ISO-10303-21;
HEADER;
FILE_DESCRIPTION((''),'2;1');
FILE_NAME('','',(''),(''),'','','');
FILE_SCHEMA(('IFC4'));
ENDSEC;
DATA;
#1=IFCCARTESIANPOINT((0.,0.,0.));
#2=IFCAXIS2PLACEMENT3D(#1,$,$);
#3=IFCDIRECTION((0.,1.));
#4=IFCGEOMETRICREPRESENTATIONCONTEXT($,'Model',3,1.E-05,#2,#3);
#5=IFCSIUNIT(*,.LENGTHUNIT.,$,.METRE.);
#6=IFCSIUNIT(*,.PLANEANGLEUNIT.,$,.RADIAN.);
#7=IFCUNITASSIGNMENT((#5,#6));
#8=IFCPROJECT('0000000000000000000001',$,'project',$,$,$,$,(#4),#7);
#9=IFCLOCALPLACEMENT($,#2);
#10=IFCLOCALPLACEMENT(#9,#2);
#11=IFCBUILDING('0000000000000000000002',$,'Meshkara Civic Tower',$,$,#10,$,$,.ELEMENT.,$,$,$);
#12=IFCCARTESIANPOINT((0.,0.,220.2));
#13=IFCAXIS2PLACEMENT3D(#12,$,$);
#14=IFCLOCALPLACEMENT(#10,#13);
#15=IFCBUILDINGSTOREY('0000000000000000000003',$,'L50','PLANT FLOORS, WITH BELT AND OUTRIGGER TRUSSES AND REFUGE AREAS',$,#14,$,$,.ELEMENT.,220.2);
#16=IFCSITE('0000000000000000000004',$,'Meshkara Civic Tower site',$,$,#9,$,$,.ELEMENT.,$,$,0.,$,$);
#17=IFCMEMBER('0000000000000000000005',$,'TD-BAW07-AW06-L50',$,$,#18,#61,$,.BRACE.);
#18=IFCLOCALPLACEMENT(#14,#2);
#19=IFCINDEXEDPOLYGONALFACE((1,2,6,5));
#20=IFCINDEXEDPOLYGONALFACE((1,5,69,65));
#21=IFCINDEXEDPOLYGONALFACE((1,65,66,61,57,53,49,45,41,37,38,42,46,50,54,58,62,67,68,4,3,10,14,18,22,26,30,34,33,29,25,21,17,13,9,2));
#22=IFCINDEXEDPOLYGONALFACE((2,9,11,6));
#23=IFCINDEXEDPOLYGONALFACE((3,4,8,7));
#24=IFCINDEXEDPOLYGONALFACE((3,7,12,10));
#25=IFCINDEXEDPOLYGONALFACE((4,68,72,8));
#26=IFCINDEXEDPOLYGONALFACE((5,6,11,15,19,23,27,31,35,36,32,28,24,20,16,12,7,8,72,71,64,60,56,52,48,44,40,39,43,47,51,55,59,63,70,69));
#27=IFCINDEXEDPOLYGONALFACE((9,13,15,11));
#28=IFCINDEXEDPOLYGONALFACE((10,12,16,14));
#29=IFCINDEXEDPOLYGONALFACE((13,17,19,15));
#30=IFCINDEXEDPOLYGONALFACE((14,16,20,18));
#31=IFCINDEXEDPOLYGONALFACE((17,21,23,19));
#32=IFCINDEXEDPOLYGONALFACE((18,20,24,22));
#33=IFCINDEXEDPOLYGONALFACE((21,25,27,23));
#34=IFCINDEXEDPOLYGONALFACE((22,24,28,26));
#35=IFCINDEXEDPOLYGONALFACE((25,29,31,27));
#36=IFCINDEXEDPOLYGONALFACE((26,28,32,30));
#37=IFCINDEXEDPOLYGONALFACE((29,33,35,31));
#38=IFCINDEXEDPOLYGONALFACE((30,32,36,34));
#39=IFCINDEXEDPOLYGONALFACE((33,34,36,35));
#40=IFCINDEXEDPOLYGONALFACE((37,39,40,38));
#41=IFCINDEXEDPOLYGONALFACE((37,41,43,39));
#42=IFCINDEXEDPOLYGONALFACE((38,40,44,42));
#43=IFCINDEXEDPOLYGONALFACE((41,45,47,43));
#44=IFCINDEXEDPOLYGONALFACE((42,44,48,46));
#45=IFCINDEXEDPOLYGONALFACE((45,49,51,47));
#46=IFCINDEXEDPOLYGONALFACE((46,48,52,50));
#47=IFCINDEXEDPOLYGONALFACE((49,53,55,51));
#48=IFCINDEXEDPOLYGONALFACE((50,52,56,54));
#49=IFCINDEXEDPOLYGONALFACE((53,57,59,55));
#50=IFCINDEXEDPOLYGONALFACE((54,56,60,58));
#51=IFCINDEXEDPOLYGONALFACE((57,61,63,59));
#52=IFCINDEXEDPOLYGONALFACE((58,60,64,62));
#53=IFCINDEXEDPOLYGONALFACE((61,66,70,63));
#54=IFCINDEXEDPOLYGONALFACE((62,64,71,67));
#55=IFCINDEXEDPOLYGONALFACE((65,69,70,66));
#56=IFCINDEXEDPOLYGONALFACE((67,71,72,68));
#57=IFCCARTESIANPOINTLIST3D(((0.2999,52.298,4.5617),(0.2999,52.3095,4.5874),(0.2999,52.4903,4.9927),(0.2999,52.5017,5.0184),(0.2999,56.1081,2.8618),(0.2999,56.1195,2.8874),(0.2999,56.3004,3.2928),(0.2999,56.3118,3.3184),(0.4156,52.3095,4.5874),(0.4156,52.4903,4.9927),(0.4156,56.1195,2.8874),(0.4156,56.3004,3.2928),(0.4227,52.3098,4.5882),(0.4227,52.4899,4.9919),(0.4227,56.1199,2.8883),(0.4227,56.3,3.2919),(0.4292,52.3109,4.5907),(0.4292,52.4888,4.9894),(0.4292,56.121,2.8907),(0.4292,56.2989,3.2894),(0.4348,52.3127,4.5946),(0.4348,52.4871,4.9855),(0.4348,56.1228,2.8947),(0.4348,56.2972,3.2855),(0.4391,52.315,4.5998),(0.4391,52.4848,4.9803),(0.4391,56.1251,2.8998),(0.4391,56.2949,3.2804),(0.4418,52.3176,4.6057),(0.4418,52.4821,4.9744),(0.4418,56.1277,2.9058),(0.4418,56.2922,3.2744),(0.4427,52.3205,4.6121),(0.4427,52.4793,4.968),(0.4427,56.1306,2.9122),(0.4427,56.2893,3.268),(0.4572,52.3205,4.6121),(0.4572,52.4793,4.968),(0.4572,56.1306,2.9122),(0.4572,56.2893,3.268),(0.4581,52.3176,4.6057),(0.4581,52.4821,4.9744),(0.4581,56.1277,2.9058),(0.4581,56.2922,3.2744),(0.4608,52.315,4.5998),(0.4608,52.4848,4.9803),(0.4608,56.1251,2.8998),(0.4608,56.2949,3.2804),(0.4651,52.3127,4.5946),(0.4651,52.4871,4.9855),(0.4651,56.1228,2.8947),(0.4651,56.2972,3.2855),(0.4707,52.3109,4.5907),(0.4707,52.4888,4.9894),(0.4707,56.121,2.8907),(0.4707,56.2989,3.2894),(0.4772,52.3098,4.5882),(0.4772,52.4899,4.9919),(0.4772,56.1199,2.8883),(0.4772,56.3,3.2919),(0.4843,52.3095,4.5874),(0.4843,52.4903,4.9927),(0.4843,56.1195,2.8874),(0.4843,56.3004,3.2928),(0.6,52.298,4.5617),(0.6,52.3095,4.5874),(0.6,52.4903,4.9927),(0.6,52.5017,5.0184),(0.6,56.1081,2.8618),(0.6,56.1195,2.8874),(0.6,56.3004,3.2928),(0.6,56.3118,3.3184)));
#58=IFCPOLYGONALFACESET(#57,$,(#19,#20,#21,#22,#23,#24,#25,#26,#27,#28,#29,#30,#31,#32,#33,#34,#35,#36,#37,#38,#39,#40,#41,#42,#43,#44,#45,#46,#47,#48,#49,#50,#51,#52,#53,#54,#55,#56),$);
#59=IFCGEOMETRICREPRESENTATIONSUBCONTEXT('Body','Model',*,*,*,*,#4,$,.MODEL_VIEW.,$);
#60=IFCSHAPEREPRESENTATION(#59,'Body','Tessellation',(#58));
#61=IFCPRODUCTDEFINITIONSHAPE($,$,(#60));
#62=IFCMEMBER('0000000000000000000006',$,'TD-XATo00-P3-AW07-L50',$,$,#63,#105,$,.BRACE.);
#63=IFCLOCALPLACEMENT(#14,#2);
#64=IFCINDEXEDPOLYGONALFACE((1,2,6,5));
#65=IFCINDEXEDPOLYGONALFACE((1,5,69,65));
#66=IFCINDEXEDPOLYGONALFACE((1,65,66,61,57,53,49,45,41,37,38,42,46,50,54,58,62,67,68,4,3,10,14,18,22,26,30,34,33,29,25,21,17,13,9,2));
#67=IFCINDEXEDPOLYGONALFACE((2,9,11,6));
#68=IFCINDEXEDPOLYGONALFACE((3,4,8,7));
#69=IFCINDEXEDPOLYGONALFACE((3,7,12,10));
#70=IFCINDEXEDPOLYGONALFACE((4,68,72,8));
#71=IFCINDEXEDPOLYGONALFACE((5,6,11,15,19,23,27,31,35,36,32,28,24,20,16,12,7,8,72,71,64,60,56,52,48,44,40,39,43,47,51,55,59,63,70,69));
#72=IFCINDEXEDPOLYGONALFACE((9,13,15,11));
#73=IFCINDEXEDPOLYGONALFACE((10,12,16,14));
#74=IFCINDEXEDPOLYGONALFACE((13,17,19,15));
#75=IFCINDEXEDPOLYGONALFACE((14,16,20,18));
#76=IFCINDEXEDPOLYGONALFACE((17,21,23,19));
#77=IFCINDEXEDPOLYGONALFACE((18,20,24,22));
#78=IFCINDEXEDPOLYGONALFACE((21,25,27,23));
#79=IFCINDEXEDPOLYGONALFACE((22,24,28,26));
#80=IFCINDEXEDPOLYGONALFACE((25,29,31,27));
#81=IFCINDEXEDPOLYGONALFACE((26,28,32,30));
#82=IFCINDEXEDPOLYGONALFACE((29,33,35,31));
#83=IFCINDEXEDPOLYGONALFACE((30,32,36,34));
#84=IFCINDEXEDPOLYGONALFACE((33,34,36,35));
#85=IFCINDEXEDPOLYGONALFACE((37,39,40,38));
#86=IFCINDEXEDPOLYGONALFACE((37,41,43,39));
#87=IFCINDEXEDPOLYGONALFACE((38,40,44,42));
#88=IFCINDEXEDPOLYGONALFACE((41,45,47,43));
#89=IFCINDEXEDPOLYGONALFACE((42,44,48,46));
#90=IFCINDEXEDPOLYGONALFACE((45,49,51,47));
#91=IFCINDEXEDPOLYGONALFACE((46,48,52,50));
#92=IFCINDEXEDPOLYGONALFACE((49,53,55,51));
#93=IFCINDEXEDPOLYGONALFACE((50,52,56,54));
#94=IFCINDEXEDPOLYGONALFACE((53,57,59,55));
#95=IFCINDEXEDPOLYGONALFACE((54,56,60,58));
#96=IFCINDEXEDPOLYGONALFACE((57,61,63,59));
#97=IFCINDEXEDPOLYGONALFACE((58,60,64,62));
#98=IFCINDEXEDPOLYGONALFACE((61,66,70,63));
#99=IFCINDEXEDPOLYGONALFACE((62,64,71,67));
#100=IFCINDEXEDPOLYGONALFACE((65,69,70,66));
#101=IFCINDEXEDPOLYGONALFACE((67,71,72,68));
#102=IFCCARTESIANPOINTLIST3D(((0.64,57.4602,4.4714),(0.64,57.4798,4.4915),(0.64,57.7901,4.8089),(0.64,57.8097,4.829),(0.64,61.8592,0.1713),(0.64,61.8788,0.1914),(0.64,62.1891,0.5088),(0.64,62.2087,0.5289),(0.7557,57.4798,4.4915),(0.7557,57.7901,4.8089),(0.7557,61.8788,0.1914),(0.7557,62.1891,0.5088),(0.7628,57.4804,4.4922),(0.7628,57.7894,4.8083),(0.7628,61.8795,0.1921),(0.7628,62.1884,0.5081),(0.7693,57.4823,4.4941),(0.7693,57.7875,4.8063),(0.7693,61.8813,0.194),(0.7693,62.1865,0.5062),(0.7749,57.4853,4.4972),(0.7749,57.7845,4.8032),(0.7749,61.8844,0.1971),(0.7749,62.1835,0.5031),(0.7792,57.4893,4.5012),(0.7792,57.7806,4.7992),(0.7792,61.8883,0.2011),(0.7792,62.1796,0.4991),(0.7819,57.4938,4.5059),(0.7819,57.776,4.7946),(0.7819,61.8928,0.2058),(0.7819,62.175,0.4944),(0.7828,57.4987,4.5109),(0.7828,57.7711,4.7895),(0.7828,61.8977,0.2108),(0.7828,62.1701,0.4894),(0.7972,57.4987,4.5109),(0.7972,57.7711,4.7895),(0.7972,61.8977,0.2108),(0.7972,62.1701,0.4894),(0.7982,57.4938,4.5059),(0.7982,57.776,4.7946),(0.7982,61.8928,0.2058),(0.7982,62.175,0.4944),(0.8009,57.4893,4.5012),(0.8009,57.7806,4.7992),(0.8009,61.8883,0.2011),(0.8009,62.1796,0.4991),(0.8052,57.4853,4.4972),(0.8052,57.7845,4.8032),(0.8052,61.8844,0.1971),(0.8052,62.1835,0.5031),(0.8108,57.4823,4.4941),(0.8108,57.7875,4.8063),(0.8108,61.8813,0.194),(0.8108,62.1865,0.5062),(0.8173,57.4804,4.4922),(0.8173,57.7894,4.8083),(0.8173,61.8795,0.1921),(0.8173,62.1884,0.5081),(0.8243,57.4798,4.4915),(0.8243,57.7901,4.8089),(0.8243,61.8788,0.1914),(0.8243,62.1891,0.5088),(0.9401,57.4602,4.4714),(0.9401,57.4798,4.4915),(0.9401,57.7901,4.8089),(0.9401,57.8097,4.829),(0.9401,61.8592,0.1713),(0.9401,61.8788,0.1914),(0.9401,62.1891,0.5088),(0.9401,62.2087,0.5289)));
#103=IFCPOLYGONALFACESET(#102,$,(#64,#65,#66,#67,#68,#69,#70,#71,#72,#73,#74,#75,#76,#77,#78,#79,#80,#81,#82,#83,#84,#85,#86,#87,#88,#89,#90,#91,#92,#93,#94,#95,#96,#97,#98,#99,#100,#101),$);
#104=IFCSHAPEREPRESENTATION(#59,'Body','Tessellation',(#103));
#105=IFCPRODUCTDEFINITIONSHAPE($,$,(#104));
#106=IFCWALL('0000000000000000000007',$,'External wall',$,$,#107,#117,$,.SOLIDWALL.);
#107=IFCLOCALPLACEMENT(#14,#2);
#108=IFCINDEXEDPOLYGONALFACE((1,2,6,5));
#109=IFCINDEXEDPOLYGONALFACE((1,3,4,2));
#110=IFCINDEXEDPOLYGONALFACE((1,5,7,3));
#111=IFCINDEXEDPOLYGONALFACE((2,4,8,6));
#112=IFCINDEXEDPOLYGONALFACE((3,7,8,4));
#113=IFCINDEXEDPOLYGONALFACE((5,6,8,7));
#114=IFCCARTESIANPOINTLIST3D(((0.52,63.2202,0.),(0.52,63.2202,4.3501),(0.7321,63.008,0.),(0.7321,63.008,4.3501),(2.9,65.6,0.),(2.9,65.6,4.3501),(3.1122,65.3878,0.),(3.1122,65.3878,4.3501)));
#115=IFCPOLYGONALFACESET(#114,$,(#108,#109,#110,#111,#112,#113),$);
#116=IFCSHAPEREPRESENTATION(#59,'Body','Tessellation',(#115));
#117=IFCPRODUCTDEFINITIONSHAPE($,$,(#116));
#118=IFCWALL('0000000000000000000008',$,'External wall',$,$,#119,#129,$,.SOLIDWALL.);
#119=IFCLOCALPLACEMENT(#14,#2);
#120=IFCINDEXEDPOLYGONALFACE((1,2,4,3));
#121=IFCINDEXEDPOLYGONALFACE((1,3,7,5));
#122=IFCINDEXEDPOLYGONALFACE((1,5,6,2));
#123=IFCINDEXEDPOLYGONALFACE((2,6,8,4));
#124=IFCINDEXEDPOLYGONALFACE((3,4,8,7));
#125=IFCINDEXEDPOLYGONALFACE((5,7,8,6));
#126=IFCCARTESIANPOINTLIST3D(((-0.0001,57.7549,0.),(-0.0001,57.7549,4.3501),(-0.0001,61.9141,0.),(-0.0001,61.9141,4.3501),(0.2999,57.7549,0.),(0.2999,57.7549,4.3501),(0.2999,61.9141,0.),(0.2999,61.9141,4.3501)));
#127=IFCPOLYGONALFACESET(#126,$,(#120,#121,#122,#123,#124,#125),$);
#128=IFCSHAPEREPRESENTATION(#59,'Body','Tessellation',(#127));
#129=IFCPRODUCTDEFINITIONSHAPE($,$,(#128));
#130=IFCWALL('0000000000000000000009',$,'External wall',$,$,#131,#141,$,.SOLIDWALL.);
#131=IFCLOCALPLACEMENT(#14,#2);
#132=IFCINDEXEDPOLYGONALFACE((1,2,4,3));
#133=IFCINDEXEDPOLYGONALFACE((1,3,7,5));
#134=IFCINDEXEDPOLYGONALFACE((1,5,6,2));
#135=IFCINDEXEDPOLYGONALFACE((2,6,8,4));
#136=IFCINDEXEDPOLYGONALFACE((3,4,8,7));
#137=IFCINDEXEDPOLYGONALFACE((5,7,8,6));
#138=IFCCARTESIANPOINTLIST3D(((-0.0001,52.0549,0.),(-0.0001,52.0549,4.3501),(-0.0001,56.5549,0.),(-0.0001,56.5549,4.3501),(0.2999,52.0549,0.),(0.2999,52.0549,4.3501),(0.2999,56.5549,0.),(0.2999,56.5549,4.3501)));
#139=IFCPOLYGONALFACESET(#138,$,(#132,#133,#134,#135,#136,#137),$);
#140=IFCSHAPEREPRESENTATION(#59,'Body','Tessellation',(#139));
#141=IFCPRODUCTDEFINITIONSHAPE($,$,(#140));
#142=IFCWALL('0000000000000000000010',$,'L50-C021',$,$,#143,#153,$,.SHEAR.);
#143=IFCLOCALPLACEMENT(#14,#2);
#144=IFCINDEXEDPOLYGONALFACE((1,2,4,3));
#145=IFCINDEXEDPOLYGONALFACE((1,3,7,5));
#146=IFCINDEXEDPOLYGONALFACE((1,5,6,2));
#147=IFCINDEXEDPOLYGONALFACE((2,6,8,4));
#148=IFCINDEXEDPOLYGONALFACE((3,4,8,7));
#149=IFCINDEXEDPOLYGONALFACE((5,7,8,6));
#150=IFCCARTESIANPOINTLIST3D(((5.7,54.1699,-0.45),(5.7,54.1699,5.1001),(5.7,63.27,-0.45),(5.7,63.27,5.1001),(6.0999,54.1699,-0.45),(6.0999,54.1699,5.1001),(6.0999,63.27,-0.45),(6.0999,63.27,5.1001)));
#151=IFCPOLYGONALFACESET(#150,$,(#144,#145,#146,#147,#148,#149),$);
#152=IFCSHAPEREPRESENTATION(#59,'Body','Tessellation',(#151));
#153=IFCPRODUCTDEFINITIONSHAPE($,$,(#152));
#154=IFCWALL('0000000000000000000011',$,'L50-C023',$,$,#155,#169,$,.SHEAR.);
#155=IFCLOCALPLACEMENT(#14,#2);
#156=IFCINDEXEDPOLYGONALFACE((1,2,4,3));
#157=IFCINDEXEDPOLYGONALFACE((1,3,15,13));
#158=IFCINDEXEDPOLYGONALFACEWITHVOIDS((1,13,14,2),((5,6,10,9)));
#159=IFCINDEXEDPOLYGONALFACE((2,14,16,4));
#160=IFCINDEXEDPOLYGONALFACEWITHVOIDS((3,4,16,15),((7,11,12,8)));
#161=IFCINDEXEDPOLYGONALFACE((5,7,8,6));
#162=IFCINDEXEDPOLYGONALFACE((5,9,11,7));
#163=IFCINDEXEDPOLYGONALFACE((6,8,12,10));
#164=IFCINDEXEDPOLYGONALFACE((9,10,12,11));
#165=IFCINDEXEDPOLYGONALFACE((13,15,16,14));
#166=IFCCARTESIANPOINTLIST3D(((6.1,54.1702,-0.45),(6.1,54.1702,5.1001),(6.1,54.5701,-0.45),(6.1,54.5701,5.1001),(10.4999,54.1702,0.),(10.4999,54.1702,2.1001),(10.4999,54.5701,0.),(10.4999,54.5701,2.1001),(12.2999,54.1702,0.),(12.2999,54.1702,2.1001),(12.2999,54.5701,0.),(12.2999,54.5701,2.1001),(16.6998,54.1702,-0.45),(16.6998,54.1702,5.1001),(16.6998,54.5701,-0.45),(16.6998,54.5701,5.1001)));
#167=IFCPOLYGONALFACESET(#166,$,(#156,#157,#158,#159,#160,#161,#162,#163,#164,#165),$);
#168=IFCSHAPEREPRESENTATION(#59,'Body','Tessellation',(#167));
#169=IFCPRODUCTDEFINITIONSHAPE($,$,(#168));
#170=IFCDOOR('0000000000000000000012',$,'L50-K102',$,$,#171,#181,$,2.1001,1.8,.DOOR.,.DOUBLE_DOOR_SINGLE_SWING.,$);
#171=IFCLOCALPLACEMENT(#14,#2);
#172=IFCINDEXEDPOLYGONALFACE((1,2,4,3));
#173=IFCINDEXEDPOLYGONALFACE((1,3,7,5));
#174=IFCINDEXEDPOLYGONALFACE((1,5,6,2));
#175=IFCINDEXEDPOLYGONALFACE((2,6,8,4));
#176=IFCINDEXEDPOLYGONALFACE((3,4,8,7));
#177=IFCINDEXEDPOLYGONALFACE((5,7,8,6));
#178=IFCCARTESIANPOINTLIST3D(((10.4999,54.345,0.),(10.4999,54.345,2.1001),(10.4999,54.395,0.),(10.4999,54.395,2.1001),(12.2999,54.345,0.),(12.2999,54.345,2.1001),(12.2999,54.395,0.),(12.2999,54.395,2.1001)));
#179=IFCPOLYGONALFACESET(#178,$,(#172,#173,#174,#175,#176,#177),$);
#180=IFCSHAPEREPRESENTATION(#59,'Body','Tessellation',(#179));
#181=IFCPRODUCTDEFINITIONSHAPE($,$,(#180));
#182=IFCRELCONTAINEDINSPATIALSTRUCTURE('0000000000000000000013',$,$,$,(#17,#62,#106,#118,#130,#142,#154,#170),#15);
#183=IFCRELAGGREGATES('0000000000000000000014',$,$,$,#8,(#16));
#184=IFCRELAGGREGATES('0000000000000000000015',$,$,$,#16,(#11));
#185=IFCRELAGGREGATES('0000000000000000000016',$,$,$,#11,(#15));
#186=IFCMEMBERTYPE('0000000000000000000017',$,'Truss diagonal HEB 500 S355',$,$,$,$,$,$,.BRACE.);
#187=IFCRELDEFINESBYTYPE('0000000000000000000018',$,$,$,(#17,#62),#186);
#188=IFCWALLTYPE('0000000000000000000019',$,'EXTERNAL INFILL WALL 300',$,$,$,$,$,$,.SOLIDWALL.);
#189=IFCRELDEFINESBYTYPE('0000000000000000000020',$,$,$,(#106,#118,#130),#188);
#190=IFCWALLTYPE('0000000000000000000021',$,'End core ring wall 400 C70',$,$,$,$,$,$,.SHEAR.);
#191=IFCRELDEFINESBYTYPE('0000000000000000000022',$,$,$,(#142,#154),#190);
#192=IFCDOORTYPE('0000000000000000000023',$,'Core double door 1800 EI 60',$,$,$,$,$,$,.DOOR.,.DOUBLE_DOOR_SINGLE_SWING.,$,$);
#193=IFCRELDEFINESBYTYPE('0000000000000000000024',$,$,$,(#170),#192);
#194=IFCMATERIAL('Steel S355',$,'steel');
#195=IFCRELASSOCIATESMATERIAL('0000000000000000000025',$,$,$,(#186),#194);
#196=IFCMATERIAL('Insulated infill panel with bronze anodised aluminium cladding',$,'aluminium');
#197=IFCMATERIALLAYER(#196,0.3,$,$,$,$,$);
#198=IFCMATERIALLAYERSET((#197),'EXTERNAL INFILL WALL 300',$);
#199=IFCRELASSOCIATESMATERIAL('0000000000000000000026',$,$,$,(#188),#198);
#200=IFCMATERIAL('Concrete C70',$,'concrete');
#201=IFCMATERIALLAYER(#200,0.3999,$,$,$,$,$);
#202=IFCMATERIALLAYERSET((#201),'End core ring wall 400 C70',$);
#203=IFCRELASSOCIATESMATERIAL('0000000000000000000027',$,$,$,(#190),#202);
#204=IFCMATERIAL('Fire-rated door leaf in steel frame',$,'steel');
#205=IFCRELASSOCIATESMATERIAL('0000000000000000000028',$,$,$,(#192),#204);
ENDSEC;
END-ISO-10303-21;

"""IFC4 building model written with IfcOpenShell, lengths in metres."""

from ifc_helpers import new_model, si_unit, direction, frame, frame_2d, origin, origin_2d, place, context, subcontext, project, spatial, rectangle, i_section, extrude, material, layer, layer_set, material_profile, profile_set, type_object, element, fill, save


model = new_model("IFC4")

# Units and contexts
model_context = context("Model", 3, precision=1e-05, world=origin(), true_north=direction((0.0, 1.0)))
body_context = subcontext(model_context, "Body", "Model", "MODEL_VIEW")
ifc_project = project(units=[si_unit("LENGTHUNIT", "METRE"), si_unit("PLANEANGLEUNIT", "RADIAN")], contexts=[model_context])

# Site, building, storey
site_placement = place(None, origin())
site = spatial("IfcSite", under=ifc_project, at=site_placement, Name="Meshkara Civic Tower site", CompositionType="ELEMENT", RefElevation=0.0)
building_placement = place(site_placement, origin())
building = spatial("IfcBuilding", under=site, at=building_placement, Name="Meshkara Civic Tower", CompositionType="ELEMENT")
storey_placement = place(building_placement, frame((0.0, 0.0, 220.2)))
storey = spatial("IfcBuildingStorey", under=building, at=storey_placement, Name="L50", Description="PLANT FLOORS, WITH BELT AND OUTRIGGER TRUSSES AND REFUGE AREAS", CompositionType="ELEMENT", Elevation=220.2)

# Members
ifc_material_1 = material(Name="Steel S355", Category="steel")
ifc_material_profile_1 = material_profile(ifc_material_1, i_section(OverallWidth=0.3, OverallDepth=0.5, WebThickness=0.0144, FlangeThickness=0.0281, FilletRadius=0.0271, at=origin_2d()))
ifc_profile_set_1 = profile_set([ifc_material_profile_1], Name="Steel S355")
member_type = type_object("IfcMemberType", Name="Truss diagonal HEB 500 S355", PredefinedType="BRACE", material=ifc_profile_set_1)
member_1_placement = place(storey_placement, frame((0.45, 56.21, 3.0901), z_axis=(0.0, -0.913224, 0.407457), x_axis=(1.0, 0.0, 0.0)))
element("IfcMember", 1, at=member_1_placement, inside=storey, type_object=member_type, Name="TD-BAW07-AW06-L50", PredefinedType="BRACE", context=body_context, shape_type="SweptSolid", body=[
    extrude(i_section(OverallWidth=0.3, OverallDepth=0.5, WebThickness=0.0144, FlangeThickness=0.0281, FilletRadius=0.0271, at=origin_2d()), origin(), (0.0, 0.0, 1.0), 4.1721),
])
member_2_placement = place(storey_placement, frame((0.79, 62.0339, 0.3501), z_axis=(0.0, -0.715098, 0.699024), x_axis=(1.0, 0.0, 0.0)))
element("IfcMember", 2, at=member_2_placement, inside=storey, type_object=member_type, Name="TD-XATo00-P3-AW07-L50", PredefinedType="BRACE", context=body_context, shape_type="SweptSolid", body=[
    extrude(i_section(OverallWidth=0.3, OverallDepth=0.5, WebThickness=0.0144, FlangeThickness=0.0281, FilletRadius=0.0271, at=origin_2d()), origin(), (0.0, 0.0, 1.0), 6.1516),
])

# Shared definitions
ifc_material_2 = material(Name="Insulated infill panel with bronze anodised aluminium cladding", Category="aluminium")
ifc_layer_1 = layer(ifc_material_2, 0.3)
ifc_layer_set_1 = layer_set([ifc_layer_1], Name="EXTERNAL INFILL WALL 300")
wall_type_1 = type_object("IfcWallType", Name="EXTERNAL INFILL WALL 300", PredefinedType="SOLIDWALL", material=ifc_layer_set_1)

# Walls
wall_1_placement = place(storey_placement, frame((3.0061, 65.4939, 0.0), z_axis=(0.0, 0.0, 1.0), x_axis=(-0.707143, -0.707071, 0.0)))
element("IfcWall", 3, at=wall_1_placement, inside=storey, type_object=wall_type_1, Name="External wall", PredefinedType="SOLIDWALL", context=body_context, shape_type="SweptSolid", body=[
    extrude(rectangle(XDim=3.3657, YDim=0.3, at=frame_2d((1.6829, 0.0))), origin(), (0.0, 0.0, 1.0), 4.3501),
])
wall_2_placement = place(storey_placement, frame((0.1499, 61.9141, 0.0), z_axis=(0.0, 0.0, 1.0), x_axis=(0.0, -1.0, 0.0)))
element("IfcWall", 4, at=wall_2_placement, inside=storey, type_object=wall_type_1, Name="External wall", PredefinedType="SOLIDWALL", context=body_context, shape_type="SweptSolid", body=[
    extrude(rectangle(XDim=4.1592, YDim=0.3, at=frame_2d((2.0796, 0.0))), origin(), (0.0, 0.0, 1.0), 4.3501),
])
wall_3_placement = place(storey_placement, frame((0.1499, 56.5549, 0.0), z_axis=(0.0, 0.0, 1.0), x_axis=(0.0, -1.0, 0.0)))
element("IfcWall", 5, at=wall_3_placement, inside=storey, type_object=wall_type_1, Name="External wall", PredefinedType="SOLIDWALL", context=body_context, shape_type="SweptSolid", body=[
    extrude(rectangle(XDim=4.5, YDim=0.3, at=frame_2d((2.25, 0.0))), origin(), (0.0, 0.0, 1.0), 4.3501),
])
ifc_material_3 = material(Name="Concrete C70", Category="concrete")
ifc_layer_2 = layer(ifc_material_3, 0.3999)
ifc_layer_set_2 = layer_set([ifc_layer_2], Name="End core ring wall 400 C70")
wall_type_2 = type_object("IfcWallType", Name="End core ring wall 400 C70", PredefinedType="SHEAR", material=ifc_layer_set_2)
wall_4_placement = place(storey_placement, frame((5.8999, 54.1699, -0.45), z_axis=(0.0, 0.0, 1.0), x_axis=(0.0, 1.0, 0.0)))
element("IfcWall", 6, at=wall_4_placement, inside=storey, type_object=wall_type_2, Name="L50-C021", PredefinedType="SHEAR", context=body_context, shape_type="SweptSolid", body=[
    extrude(rectangle(XDim=9.1001, YDim=0.3999, at=frame_2d((4.55, 0.0))), origin(), (0.0, 0.0, 1.0), 5.55),
])

# Wall, opening, door
wall_5_placement = place(storey_placement, frame((6.1001, 54.3701, -0.45), z_axis=(0.0, 0.0, 1.0), x_axis=(1.0, 0.0, 0.0)))
wall_5 = element("IfcWall", 7, at=wall_5_placement, inside=storey, type_object=wall_type_2, Name="L50-C023", PredefinedType="SHEAR", context=body_context, shape_type="SweptSolid", body=[
    extrude(rectangle(XDim=10.5999, YDim=0.3999, at=frame_2d((5.2998, 0.0))), origin(), (0.0, 0.0, 1.0), 5.55),
])
opening_1_placement = place(wall_5_placement, frame((4.3999, 0.0, 0.45)))
opening_1 = element("IfcOpeningElement", 8, at=opening_1_placement, cuts=wall_5, PredefinedType="OPENING", context=body_context, shape_type="SweptSolid", body=[
    extrude(rectangle(XDim=1.8, YDim=2.1001, at=frame_2d((0.8999, 1.05))), frame((0.0, 0.21, 0.0), z_axis=(0.0, -1.0, 0.0), x_axis=(1.0, 0.0, 0.0)), (0.0, 0.0, 1.0), 0.4199),
])
ifc_material_4 = material(Name="Fire-rated door leaf in steel frame", Category="steel")
door_type_1 = type_object("IfcDoorType", Name="Core double door 1800 EI 60", OperationType="DOUBLE_DOOR_SINGLE_SWING", PredefinedType="DOOR", material=ifc_material_4)
door_1_placement = place(opening_1_placement, origin())
door_1 = element("IfcDoor", 9, at=door_1_placement, inside=storey, type_object=door_type_1, Name="L50-K102", OperationType="DOUBLE_DOOR_SINGLE_SWING", OverallHeight=2.1001, OverallWidth=1.8, PredefinedType="DOOR", context=body_context, shape_type="SweptSolid", body=[
    extrude(rectangle(XDim=1.8, YDim=2.1001, at=frame_2d((0.8999, 1.05))), frame((0.0, 0.0249, 0.0), z_axis=(0.0, -1.0, 0.0), x_axis=(1.0, 0.0, 0.0)), (0.0, 0.0, 1.0), 0.05),
])
fill(opening_1, door_1)

save(model, "model.ifc")
